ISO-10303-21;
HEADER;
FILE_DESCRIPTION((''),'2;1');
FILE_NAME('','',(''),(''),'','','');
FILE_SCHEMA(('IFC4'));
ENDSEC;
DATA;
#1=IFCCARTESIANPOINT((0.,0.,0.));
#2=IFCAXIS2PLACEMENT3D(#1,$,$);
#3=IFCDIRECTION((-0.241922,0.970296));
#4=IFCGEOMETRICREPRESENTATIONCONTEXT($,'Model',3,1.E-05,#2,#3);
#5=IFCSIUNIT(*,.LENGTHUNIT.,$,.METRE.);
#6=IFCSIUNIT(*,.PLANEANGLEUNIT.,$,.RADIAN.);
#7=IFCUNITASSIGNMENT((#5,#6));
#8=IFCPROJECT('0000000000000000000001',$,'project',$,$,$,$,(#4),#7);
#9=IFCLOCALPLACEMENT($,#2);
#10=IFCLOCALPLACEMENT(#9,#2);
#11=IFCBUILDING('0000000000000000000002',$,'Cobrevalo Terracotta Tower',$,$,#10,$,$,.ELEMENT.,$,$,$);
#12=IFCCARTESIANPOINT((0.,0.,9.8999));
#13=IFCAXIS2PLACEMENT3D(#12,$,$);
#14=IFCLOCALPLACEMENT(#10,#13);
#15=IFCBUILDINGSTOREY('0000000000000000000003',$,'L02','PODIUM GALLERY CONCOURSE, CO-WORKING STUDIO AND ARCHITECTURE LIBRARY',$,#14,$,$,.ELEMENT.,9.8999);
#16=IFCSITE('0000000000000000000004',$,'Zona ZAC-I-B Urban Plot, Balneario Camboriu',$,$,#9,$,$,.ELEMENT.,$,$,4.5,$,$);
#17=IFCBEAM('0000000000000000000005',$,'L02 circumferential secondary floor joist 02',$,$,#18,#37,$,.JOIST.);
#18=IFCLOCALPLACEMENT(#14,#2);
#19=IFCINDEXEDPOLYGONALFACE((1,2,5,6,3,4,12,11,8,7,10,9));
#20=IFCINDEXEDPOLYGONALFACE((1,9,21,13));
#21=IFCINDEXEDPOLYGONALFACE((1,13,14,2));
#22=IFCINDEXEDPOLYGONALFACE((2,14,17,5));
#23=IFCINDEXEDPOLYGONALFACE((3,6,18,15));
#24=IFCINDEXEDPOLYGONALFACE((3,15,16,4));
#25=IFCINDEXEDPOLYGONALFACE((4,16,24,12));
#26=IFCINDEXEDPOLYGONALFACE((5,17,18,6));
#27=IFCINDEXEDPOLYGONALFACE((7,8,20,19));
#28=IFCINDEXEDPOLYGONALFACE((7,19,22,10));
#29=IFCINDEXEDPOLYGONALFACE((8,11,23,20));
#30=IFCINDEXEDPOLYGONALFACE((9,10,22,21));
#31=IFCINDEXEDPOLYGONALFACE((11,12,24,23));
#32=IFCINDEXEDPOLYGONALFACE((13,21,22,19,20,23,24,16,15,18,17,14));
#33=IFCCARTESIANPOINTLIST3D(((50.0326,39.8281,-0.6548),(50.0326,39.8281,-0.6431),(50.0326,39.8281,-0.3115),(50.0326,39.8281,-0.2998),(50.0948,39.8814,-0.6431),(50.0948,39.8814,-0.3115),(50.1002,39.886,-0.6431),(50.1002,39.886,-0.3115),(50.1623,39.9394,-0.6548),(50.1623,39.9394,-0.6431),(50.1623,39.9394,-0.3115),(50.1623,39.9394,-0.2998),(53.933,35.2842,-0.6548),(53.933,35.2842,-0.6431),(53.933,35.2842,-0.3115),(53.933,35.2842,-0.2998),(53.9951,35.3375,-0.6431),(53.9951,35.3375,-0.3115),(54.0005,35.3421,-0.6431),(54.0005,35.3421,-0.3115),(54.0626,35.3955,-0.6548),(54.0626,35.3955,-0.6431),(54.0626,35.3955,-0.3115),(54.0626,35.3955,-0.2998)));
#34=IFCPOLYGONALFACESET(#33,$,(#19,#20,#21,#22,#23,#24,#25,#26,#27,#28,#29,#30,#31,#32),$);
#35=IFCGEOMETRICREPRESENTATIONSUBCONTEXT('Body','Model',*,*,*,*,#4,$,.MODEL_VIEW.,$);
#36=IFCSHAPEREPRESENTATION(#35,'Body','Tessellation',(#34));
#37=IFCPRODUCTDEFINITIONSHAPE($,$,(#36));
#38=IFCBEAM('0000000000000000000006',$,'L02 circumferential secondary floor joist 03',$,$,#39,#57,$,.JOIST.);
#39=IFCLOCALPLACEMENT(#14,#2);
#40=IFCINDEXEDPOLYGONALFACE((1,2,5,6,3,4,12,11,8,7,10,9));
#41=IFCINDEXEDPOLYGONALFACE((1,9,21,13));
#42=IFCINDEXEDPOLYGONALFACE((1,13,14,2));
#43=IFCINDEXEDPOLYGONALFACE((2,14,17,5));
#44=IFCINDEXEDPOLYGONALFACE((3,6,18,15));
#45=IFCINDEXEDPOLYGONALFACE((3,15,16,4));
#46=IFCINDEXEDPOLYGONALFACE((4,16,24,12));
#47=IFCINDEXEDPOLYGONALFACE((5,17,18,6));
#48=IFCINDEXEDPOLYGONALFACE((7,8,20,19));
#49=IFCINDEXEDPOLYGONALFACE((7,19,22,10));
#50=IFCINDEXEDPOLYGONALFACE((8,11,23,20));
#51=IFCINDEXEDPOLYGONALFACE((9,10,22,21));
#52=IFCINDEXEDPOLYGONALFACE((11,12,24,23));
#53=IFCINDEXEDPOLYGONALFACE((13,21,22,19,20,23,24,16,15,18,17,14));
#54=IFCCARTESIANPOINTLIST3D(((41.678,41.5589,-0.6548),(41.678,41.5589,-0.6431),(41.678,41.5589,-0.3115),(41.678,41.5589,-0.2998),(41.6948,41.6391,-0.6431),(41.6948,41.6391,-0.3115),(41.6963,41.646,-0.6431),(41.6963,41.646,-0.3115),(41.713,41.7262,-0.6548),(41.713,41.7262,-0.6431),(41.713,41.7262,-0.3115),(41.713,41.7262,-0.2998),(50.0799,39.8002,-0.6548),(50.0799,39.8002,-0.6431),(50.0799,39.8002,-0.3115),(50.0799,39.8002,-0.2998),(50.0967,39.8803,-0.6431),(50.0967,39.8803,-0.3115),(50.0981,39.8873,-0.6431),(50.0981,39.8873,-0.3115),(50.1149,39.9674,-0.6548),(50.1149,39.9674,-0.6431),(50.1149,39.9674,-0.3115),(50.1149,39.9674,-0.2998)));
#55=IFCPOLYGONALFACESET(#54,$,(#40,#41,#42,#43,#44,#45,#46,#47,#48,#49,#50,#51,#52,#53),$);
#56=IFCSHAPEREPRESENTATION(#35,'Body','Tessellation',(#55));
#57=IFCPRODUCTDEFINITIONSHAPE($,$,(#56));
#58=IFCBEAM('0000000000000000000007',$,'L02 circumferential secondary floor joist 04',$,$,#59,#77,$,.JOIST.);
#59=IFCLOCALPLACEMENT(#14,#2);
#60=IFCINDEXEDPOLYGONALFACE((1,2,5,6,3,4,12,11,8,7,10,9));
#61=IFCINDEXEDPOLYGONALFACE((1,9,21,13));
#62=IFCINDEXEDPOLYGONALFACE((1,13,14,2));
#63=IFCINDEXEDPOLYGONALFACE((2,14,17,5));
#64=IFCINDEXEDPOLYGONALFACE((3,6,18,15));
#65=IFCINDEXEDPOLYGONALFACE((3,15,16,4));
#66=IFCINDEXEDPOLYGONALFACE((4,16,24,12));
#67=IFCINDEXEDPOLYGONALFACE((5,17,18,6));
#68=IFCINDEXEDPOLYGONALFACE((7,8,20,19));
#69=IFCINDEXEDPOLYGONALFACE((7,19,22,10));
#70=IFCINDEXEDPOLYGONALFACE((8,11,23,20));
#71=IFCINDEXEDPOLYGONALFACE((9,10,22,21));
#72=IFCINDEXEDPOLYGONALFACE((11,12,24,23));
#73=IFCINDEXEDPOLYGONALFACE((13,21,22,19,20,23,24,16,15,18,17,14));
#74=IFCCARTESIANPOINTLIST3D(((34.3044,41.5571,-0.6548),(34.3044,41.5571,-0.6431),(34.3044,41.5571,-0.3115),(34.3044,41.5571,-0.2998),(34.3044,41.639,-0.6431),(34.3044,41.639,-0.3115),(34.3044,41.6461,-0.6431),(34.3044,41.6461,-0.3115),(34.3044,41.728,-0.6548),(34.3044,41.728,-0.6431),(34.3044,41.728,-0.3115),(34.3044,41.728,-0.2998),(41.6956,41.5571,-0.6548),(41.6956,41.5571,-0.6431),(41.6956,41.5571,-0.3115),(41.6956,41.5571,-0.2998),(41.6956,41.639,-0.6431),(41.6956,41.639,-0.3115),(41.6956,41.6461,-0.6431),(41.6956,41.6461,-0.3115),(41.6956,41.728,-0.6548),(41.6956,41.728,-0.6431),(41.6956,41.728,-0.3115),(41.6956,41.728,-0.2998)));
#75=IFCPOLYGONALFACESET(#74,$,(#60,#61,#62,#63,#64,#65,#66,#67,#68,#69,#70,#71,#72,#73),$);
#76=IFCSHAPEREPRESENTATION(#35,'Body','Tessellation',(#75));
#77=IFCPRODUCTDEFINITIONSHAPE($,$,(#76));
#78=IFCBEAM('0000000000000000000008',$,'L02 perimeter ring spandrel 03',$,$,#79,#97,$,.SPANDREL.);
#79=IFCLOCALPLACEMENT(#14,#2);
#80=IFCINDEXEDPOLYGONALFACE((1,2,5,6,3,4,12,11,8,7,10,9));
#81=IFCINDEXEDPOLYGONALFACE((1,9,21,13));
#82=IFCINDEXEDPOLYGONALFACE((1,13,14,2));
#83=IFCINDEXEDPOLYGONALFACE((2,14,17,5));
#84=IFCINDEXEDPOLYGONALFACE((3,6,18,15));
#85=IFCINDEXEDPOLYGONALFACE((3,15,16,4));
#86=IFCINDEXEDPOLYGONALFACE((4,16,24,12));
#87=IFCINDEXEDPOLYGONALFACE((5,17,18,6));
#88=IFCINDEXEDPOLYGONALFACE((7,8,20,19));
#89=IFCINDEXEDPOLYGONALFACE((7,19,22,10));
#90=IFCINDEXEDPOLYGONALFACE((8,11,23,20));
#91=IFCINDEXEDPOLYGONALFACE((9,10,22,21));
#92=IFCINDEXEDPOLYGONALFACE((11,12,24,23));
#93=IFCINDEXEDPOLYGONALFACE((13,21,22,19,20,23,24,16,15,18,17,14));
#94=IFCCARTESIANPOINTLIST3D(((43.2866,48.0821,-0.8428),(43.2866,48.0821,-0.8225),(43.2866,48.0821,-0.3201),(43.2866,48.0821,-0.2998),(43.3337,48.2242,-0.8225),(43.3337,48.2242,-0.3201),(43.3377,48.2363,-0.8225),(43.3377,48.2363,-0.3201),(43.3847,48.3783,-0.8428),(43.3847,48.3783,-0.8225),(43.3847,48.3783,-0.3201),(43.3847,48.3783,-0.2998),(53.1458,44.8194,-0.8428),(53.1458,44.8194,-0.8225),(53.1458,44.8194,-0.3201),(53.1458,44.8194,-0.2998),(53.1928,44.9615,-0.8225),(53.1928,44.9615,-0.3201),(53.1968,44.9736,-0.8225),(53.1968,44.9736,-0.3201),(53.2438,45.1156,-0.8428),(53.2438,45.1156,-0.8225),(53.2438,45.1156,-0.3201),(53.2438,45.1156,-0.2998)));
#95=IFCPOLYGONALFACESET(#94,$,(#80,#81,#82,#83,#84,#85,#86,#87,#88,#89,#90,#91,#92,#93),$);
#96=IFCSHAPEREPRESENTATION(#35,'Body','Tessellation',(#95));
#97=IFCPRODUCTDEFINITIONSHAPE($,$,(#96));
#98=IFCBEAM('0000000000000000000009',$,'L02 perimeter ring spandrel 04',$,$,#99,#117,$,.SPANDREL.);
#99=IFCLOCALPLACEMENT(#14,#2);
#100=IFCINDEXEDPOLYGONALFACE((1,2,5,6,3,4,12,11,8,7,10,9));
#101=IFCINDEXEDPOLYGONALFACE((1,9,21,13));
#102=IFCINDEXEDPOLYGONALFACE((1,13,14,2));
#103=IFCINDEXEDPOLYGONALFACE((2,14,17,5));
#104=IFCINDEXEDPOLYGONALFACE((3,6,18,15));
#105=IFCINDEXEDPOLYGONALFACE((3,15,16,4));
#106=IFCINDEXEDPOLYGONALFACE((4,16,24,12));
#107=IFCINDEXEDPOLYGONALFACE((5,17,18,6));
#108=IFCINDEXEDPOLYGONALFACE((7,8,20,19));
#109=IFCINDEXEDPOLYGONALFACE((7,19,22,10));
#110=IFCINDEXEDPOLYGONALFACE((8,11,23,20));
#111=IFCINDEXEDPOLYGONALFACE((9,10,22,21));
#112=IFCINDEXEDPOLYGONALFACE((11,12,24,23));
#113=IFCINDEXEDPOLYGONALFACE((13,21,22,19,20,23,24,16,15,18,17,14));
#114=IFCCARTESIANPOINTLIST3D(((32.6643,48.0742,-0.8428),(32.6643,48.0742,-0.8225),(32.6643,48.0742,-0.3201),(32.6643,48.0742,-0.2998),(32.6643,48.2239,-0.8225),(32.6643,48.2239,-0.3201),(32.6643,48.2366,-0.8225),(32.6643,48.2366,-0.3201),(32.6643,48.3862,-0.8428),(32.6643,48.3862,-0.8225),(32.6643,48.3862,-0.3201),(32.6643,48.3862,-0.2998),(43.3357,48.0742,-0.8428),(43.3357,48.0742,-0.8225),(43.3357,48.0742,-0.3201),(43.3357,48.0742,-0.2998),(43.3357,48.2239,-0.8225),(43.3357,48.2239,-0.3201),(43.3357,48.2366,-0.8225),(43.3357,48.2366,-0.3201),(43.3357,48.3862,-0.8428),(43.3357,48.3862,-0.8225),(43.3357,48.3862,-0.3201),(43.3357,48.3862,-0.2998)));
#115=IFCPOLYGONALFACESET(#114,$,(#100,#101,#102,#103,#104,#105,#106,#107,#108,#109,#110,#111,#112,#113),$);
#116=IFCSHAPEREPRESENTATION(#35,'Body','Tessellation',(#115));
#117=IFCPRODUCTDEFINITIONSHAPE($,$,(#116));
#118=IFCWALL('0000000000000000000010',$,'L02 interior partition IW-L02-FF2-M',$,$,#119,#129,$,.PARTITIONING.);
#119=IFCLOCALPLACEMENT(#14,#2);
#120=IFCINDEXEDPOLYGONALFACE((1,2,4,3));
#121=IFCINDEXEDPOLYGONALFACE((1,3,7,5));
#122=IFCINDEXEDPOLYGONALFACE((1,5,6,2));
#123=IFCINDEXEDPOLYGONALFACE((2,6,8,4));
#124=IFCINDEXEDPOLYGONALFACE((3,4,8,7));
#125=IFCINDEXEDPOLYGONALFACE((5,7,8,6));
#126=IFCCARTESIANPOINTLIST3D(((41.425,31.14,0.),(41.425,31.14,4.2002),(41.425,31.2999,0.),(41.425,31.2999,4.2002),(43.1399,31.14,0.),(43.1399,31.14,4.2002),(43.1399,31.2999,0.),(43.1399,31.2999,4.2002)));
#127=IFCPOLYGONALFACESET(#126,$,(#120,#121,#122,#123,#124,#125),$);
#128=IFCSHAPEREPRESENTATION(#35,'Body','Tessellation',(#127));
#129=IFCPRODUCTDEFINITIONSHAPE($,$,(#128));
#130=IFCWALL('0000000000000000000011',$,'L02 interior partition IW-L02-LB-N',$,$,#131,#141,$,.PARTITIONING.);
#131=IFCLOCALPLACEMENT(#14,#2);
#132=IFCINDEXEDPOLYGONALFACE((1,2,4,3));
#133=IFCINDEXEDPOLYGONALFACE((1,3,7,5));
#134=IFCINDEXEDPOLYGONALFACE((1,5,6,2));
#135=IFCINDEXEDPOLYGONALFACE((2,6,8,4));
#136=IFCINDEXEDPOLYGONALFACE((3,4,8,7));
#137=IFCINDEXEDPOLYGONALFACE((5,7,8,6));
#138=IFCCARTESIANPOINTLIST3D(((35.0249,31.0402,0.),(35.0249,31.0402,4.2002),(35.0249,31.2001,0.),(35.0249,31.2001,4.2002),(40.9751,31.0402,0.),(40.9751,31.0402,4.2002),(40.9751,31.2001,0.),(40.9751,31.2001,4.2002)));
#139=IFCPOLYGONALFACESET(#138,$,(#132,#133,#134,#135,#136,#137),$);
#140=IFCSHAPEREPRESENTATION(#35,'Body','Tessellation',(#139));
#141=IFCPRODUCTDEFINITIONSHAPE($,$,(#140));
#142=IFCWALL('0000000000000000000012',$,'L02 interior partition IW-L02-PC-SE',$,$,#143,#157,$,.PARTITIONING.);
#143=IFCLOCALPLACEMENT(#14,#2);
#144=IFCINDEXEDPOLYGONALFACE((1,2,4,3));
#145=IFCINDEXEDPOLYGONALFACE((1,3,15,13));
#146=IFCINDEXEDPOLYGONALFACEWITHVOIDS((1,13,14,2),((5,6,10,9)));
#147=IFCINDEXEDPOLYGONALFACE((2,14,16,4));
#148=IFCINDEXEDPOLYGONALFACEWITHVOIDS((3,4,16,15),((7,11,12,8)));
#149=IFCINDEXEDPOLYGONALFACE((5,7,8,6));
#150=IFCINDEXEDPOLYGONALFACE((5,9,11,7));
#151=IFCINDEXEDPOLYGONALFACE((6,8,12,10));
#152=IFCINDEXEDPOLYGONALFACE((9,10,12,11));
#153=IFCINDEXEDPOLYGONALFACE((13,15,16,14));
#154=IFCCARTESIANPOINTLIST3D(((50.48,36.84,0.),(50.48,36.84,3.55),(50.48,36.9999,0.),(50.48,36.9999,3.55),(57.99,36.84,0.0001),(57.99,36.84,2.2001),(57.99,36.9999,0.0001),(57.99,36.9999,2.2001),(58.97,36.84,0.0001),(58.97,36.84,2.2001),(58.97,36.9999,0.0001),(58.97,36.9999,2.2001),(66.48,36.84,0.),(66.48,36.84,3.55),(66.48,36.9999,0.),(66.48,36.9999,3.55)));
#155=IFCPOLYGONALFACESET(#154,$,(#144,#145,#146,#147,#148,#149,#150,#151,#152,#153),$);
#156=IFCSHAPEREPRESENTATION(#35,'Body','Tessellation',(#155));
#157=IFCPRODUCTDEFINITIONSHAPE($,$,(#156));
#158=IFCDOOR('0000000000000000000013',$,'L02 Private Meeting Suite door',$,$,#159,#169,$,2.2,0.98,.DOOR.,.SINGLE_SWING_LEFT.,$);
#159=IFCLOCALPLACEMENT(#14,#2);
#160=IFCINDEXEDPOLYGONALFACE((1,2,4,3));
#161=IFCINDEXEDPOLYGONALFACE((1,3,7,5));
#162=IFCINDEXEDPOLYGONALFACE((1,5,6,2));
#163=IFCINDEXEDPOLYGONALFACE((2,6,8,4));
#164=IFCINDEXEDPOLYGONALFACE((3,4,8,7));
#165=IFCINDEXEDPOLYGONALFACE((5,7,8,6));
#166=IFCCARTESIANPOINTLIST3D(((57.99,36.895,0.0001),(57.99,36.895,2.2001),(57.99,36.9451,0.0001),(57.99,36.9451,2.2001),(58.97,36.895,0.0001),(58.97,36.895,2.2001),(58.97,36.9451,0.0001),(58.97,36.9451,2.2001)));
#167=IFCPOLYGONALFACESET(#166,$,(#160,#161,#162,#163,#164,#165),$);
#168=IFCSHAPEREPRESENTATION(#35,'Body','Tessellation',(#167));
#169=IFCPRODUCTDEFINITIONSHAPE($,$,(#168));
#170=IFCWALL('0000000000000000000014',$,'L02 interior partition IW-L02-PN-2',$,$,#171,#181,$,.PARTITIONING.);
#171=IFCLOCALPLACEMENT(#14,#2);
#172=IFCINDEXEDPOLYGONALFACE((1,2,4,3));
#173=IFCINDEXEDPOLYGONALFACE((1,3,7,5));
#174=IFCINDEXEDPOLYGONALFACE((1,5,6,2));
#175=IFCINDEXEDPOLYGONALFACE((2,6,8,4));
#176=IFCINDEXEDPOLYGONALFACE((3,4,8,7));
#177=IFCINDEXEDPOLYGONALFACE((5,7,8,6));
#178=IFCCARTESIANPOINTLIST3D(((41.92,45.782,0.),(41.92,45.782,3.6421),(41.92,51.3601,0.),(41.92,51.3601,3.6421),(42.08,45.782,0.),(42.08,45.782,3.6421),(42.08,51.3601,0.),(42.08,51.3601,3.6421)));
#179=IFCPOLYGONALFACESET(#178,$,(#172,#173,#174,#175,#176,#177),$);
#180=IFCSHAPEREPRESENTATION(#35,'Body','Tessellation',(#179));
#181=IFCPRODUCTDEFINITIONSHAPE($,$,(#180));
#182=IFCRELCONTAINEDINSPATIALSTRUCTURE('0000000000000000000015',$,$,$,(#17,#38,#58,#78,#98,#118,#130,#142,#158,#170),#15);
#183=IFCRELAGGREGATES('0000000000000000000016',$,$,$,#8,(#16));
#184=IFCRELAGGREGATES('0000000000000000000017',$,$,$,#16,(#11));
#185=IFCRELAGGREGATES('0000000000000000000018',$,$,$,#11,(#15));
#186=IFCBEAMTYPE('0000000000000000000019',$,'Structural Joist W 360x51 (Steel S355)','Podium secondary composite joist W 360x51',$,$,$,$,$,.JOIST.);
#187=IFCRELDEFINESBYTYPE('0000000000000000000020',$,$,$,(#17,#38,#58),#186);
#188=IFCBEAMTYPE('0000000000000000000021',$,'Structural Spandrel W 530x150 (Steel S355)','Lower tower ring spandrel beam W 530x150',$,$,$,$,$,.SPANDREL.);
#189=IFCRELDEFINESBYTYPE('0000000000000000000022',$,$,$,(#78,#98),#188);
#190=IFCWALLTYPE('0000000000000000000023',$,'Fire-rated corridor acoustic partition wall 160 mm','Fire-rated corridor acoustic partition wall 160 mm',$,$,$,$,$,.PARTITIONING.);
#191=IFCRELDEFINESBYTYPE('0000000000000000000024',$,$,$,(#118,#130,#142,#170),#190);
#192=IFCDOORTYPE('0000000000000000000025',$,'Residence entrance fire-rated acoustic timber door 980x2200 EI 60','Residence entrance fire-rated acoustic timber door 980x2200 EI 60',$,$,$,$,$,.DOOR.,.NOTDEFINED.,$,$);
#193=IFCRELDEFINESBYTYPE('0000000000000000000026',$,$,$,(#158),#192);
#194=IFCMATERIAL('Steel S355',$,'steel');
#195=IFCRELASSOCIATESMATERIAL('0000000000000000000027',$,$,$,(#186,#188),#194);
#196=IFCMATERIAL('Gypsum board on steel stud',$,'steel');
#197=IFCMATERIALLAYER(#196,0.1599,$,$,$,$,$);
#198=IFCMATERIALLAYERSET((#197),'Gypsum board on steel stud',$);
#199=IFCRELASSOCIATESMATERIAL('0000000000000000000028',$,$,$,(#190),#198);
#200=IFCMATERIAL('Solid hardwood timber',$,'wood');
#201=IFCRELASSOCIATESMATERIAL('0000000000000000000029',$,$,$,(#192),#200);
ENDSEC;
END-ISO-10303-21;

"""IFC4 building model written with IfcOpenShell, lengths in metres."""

from ifc_helpers import new_model, si_unit, direction, frame, frame_2d, origin, origin_2d, place, context, subcontext, project, spatial, rectangle, i_section, extrude, source, transform, mapped, material, layer, layer_set, material_profile, profile_set, type_object, element, fill, save


model = new_model("IFC4")

# Units and contexts
model_context = context("Model", 3, precision=1e-05, world=origin(), true_north=direction((-0.241922, 0.970296)))
body_context = subcontext(model_context, "Body", "Model", "MODEL_VIEW")
ifc_project = project(units=[si_unit("LENGTHUNIT", "METRE"), si_unit("PLANEANGLEUNIT", "RADIAN")], contexts=[model_context])

# Site, building, storey
site_placement = place(None, origin())
site = spatial("IfcSite", under=ifc_project, at=site_placement, Name="Zona ZAC-I-B Urban Plot, Balneario Camboriu", CompositionType="ELEMENT", RefElevation=4.5)
building_placement = place(site_placement, origin())
building = spatial("IfcBuilding", under=site, at=building_placement, Name="Cobrevalo Terracotta Tower", CompositionType="ELEMENT")
storey_placement = place(building_placement, frame((0.0, 0.0, 9.8999)))
storey = spatial("IfcBuildingStorey", under=building, at=storey_placement, Name="L02", Description="PODIUM GALLERY CONCOURSE, CO-WORKING STUDIO AND ARCHITECTURE LIBRARY", CompositionType="ELEMENT", Elevation=9.8999)

# Shared definitions
ifc_material_1 = material(Name="Steel S355", Category="steel")

# Beams
ifc_material_profile_1 = material_profile(ifc_material_1, i_section(OverallWidth=0.1709, OverallDepth=0.355, WebThickness=0.0071, FlangeThickness=0.0117, at=origin_2d()), Name="W 360x51")
ifc_profile_set_1 = profile_set([ifc_material_profile_1], Name="Steel S355")
beam_type_1 = type_object("IfcBeamType", Name="Structural Joist W 360x51 (Steel S355)", Description="Podium secondary composite joist W 360x51", PredefinedType="JOIST", material=ifc_profile_set_1)
beam_1_placement = place(storey_placement, frame((53.9978, 35.3398, -0.4773), z_axis=(-0.651328, 0.758796, 0.0), x_axis=(-0.758796, -0.651328, 0.0)))
element("IfcBeam", 1, at=beam_1_placement, inside=storey, type_object=beam_type_1, Name="L02 circumferential secondary floor joist 02", PredefinedType="JOIST", context=body_context, shape_type="SweptSolid", body=[
    extrude(i_section(OverallWidth=0.1709, OverallDepth=0.355, WebThickness=0.0071, FlangeThickness=0.0117, at=origin_2d()), origin(), (0.0, 0.0, 1.0), 5.9883),
])
beam_2_placement = place(storey_placement, frame((50.0974, 39.8838, -0.4773), z_axis=(-0.978785, 0.204892, 0.0), x_axis=(-0.204892, -0.978785, 0.0)))
element("IfcBeam", 2, at=beam_2_placement, inside=storey, type_object=beam_type_1, Name="L02 circumferential secondary floor joist 03", PredefinedType="JOIST", context=body_context, shape_type="SweptSolid", body=[
    extrude(i_section(OverallWidth=0.1709, OverallDepth=0.355, WebThickness=0.0071, FlangeThickness=0.0117, at=origin_2d()), origin(), (0.0, 0.0, 1.0), 8.584),
])
beam_3_placement = place(storey_placement, frame((41.6956, 41.6426, -0.4773), z_axis=(-1.0, 0.0, 0.0), x_axis=(0.0, -1.0, 0.0)))
element("IfcBeam", 3, at=beam_3_placement, inside=storey, type_object=beam_type_1, Name="L02 circumferential secondary floor joist 04", PredefinedType="JOIST", context=body_context, shape_type="SweptSolid", body=[
    extrude(i_section(OverallWidth=0.1709, OverallDepth=0.355, WebThickness=0.0071, FlangeThickness=0.0117, at=origin_2d()), origin(), (0.0, 0.0, 1.0), 7.3911),
])
ifc_material_profile_2 = material_profile(ifc_material_1, i_section(OverallWidth=0.312, OverallDepth=0.543, WebThickness=0.0127, FlangeThickness=0.0203, at=origin_2d()), Name="W 530x150")
ifc_profile_set_2 = profile_set([ifc_material_profile_2], Name="Steel S355")
beam_type_2 = type_object("IfcBeamType", Name="Structural Spandrel W 530x150 (Steel S355)", Description="Lower tower ring spandrel beam W 530x150", PredefinedType="SPANDREL", material=ifc_profile_set_2)
beam_4_placement = place(storey_placement, frame((53.1948, 44.9675, -0.5713), z_axis=(-0.949365, 0.314175, 0.0), x_axis=(-0.314175, -0.949365, 0.0)))
element("IfcBeam", 4, at=beam_4_placement, inside=storey, type_object=beam_type_2, Name="L02 perimeter ring spandrel 03", PredefinedType="SPANDREL", context=body_context, shape_type="SweptSolid", body=[
    extrude(i_section(OverallWidth=0.312, OverallDepth=0.543, WebThickness=0.0127, FlangeThickness=0.0203, at=origin_2d()), origin(), (0.0, 0.0, 1.0), 10.385),
])
beam_5_placement = place(storey_placement, frame((43.3357, 48.2302, -0.5713), z_axis=(-1.0, 0.0, 0.0), x_axis=(0.0, -1.0, 0.0)))
element("IfcBeam", 5, at=beam_5_placement, inside=storey, type_object=beam_type_2, Name="L02 perimeter ring spandrel 04", PredefinedType="SPANDREL", context=body_context, shape_type="SweptSolid", body=[
    extrude(i_section(OverallWidth=0.312, OverallDepth=0.543, WebThickness=0.0127, FlangeThickness=0.0203, at=origin_2d()), origin(), (0.0, 0.0, 1.0), 10.6714),
])

# Walls
ifc_material_2 = material(Name="Gypsum board on steel stud", Category="steel")
ifc_layer_1 = layer(ifc_material_2, 0.1599)
ifc_layer_set_1 = layer_set([ifc_layer_1], Name="Gypsum board on steel stud")
wall_type_1 = type_object("IfcWallType", Name="Fire-rated corridor acoustic partition wall 160 mm", Description="Fire-rated corridor acoustic partition wall 160 mm", PredefinedType="PARTITIONING", material=ifc_layer_set_1)
wall_1_placement = place(storey_placement, frame((41.425, 31.22, 0.0), z_axis=(0.0, 0.0, 1.0), x_axis=(1.0, 0.0, 0.0)))
element("IfcWall", 6, at=wall_1_placement, inside=storey, type_object=wall_type_1, Name="L02 interior partition IW-L02-FF2-M", PredefinedType="PARTITIONING", context=body_context, shape_type="SweptSolid", body=[
    extrude(rectangle(XDim=1.7148, YDim=0.1599, at=frame_2d((0.8574, 0.0))), origin(), (0.0, 0.0, 1.0), 4.2002),
])
wall_2_placement = place(storey_placement, frame((35.0249, 31.1201, 0.0), z_axis=(0.0, 0.0, 1.0), x_axis=(1.0, 0.0, 0.0)))
element("IfcWall", 7, at=wall_2_placement, inside=storey, type_object=wall_type_1, Name="L02 interior partition IW-L02-LB-N", PredefinedType="PARTITIONING", context=body_context, shape_type="SweptSolid", body=[
    extrude(rectangle(XDim=5.9502, YDim=0.1599, at=frame_2d((2.9751, 0.0))), origin(), (0.0, 0.0, 1.0), 4.2002),
])

# Wall, opening, door
wall_3_placement = place(storey_placement, frame((50.48, 36.9199, 0.0), z_axis=(0.0, 0.0, 1.0), x_axis=(1.0, 0.0, 0.0)))
wall_3 = element("IfcWall", 8, at=wall_3_placement, inside=storey, type_object=wall_type_1, Name="L02 interior partition IW-L02-PC-SE", PredefinedType="PARTITIONING", context=body_context, shape_type="SweptSolid", body=[
    extrude(rectangle(XDim=16.0, YDim=0.1599, at=frame_2d((8.0, 0.0))), origin(), (0.0, 0.0, 1.0), 3.55),
])
opening_1_placement = place(wall_3_placement, frame((7.51, 0.0, 0.0)))
opening_1 = element("IfcOpeningElement", 9, at=opening_1_placement, cuts=wall_3, PredefinedType="OPENING", context=body_context, shape_type="SweptSolid", body=[
    extrude(rectangle(XDim=0.98, YDim=2.2, at=frame_2d((0.49, 1.1001))), frame((0.0, 0.0898, 0.0), z_axis=(0.0, -1.0, 0.0), x_axis=(1.0, 0.0, 0.0)), (0.0, 0.0, 1.0), 0.1799),
])
ifc_material_3 = material(Name="Solid hardwood timber", Category="wood")
door_type_1 = type_object("IfcDoorType", Name="Residence entrance fire-rated acoustic timber door 980x2200 EI 60", Description="Residence entrance fire-rated acoustic timber door 980x2200 EI 60", OperationType="NOTDEFINED", PredefinedType="DOOR", material=ifc_material_3)
shared_shape_1 = source(origin(), body_context, "Body", "SweptSolid", [
    extrude(rectangle(XDim=0.98, YDim=2.2, at=frame_2d((0.49, 1.1001))), frame((0.0, 0.0249, 0.0), z_axis=(0.0, -1.0, 0.0), x_axis=(1.0, 0.0, 0.0)), (0.0, 0.0, 1.0), 0.05),
])
door_1_placement = place(opening_1_placement, frame((0.98, 0.0, 0.0), z_axis=(0.0, 0.0, 1.0), x_axis=(-1.0, 0.0, 0.0)))
door_1 = element("IfcDoor", 10, at=door_1_placement, inside=storey, type_object=door_type_1, Name="L02 Private Meeting Suite door", OperationType="SINGLE_SWING_LEFT", OverallHeight=2.2, OverallWidth=0.98, PredefinedType="DOOR", context=body_context, shape_type="MappedRepresentation", body=[
    mapped(shared_shape_1, transform((0.0, 0.0, 0.0), scale=1.0)),
])
fill(opening_1, door_1)

# Wall
wall_4_placement = place(storey_placement, frame((42.0, 45.782, 0.0), z_axis=(0.0, 0.0, 1.0), x_axis=(0.0, 1.0, 0.0)))
element("IfcWall", 11, at=wall_4_placement, inside=storey, type_object=wall_type_1, Name="L02 interior partition IW-L02-PN-2", PredefinedType="PARTITIONING", context=body_context, shape_type="SweptSolid", body=[
    extrude(rectangle(XDim=5.5781, YDim=0.1599, at=frame_2d((2.7891, 0.0))), origin(), (0.0, 0.0, 1.0), 3.6421),
])

save(model, "model.ifc")
